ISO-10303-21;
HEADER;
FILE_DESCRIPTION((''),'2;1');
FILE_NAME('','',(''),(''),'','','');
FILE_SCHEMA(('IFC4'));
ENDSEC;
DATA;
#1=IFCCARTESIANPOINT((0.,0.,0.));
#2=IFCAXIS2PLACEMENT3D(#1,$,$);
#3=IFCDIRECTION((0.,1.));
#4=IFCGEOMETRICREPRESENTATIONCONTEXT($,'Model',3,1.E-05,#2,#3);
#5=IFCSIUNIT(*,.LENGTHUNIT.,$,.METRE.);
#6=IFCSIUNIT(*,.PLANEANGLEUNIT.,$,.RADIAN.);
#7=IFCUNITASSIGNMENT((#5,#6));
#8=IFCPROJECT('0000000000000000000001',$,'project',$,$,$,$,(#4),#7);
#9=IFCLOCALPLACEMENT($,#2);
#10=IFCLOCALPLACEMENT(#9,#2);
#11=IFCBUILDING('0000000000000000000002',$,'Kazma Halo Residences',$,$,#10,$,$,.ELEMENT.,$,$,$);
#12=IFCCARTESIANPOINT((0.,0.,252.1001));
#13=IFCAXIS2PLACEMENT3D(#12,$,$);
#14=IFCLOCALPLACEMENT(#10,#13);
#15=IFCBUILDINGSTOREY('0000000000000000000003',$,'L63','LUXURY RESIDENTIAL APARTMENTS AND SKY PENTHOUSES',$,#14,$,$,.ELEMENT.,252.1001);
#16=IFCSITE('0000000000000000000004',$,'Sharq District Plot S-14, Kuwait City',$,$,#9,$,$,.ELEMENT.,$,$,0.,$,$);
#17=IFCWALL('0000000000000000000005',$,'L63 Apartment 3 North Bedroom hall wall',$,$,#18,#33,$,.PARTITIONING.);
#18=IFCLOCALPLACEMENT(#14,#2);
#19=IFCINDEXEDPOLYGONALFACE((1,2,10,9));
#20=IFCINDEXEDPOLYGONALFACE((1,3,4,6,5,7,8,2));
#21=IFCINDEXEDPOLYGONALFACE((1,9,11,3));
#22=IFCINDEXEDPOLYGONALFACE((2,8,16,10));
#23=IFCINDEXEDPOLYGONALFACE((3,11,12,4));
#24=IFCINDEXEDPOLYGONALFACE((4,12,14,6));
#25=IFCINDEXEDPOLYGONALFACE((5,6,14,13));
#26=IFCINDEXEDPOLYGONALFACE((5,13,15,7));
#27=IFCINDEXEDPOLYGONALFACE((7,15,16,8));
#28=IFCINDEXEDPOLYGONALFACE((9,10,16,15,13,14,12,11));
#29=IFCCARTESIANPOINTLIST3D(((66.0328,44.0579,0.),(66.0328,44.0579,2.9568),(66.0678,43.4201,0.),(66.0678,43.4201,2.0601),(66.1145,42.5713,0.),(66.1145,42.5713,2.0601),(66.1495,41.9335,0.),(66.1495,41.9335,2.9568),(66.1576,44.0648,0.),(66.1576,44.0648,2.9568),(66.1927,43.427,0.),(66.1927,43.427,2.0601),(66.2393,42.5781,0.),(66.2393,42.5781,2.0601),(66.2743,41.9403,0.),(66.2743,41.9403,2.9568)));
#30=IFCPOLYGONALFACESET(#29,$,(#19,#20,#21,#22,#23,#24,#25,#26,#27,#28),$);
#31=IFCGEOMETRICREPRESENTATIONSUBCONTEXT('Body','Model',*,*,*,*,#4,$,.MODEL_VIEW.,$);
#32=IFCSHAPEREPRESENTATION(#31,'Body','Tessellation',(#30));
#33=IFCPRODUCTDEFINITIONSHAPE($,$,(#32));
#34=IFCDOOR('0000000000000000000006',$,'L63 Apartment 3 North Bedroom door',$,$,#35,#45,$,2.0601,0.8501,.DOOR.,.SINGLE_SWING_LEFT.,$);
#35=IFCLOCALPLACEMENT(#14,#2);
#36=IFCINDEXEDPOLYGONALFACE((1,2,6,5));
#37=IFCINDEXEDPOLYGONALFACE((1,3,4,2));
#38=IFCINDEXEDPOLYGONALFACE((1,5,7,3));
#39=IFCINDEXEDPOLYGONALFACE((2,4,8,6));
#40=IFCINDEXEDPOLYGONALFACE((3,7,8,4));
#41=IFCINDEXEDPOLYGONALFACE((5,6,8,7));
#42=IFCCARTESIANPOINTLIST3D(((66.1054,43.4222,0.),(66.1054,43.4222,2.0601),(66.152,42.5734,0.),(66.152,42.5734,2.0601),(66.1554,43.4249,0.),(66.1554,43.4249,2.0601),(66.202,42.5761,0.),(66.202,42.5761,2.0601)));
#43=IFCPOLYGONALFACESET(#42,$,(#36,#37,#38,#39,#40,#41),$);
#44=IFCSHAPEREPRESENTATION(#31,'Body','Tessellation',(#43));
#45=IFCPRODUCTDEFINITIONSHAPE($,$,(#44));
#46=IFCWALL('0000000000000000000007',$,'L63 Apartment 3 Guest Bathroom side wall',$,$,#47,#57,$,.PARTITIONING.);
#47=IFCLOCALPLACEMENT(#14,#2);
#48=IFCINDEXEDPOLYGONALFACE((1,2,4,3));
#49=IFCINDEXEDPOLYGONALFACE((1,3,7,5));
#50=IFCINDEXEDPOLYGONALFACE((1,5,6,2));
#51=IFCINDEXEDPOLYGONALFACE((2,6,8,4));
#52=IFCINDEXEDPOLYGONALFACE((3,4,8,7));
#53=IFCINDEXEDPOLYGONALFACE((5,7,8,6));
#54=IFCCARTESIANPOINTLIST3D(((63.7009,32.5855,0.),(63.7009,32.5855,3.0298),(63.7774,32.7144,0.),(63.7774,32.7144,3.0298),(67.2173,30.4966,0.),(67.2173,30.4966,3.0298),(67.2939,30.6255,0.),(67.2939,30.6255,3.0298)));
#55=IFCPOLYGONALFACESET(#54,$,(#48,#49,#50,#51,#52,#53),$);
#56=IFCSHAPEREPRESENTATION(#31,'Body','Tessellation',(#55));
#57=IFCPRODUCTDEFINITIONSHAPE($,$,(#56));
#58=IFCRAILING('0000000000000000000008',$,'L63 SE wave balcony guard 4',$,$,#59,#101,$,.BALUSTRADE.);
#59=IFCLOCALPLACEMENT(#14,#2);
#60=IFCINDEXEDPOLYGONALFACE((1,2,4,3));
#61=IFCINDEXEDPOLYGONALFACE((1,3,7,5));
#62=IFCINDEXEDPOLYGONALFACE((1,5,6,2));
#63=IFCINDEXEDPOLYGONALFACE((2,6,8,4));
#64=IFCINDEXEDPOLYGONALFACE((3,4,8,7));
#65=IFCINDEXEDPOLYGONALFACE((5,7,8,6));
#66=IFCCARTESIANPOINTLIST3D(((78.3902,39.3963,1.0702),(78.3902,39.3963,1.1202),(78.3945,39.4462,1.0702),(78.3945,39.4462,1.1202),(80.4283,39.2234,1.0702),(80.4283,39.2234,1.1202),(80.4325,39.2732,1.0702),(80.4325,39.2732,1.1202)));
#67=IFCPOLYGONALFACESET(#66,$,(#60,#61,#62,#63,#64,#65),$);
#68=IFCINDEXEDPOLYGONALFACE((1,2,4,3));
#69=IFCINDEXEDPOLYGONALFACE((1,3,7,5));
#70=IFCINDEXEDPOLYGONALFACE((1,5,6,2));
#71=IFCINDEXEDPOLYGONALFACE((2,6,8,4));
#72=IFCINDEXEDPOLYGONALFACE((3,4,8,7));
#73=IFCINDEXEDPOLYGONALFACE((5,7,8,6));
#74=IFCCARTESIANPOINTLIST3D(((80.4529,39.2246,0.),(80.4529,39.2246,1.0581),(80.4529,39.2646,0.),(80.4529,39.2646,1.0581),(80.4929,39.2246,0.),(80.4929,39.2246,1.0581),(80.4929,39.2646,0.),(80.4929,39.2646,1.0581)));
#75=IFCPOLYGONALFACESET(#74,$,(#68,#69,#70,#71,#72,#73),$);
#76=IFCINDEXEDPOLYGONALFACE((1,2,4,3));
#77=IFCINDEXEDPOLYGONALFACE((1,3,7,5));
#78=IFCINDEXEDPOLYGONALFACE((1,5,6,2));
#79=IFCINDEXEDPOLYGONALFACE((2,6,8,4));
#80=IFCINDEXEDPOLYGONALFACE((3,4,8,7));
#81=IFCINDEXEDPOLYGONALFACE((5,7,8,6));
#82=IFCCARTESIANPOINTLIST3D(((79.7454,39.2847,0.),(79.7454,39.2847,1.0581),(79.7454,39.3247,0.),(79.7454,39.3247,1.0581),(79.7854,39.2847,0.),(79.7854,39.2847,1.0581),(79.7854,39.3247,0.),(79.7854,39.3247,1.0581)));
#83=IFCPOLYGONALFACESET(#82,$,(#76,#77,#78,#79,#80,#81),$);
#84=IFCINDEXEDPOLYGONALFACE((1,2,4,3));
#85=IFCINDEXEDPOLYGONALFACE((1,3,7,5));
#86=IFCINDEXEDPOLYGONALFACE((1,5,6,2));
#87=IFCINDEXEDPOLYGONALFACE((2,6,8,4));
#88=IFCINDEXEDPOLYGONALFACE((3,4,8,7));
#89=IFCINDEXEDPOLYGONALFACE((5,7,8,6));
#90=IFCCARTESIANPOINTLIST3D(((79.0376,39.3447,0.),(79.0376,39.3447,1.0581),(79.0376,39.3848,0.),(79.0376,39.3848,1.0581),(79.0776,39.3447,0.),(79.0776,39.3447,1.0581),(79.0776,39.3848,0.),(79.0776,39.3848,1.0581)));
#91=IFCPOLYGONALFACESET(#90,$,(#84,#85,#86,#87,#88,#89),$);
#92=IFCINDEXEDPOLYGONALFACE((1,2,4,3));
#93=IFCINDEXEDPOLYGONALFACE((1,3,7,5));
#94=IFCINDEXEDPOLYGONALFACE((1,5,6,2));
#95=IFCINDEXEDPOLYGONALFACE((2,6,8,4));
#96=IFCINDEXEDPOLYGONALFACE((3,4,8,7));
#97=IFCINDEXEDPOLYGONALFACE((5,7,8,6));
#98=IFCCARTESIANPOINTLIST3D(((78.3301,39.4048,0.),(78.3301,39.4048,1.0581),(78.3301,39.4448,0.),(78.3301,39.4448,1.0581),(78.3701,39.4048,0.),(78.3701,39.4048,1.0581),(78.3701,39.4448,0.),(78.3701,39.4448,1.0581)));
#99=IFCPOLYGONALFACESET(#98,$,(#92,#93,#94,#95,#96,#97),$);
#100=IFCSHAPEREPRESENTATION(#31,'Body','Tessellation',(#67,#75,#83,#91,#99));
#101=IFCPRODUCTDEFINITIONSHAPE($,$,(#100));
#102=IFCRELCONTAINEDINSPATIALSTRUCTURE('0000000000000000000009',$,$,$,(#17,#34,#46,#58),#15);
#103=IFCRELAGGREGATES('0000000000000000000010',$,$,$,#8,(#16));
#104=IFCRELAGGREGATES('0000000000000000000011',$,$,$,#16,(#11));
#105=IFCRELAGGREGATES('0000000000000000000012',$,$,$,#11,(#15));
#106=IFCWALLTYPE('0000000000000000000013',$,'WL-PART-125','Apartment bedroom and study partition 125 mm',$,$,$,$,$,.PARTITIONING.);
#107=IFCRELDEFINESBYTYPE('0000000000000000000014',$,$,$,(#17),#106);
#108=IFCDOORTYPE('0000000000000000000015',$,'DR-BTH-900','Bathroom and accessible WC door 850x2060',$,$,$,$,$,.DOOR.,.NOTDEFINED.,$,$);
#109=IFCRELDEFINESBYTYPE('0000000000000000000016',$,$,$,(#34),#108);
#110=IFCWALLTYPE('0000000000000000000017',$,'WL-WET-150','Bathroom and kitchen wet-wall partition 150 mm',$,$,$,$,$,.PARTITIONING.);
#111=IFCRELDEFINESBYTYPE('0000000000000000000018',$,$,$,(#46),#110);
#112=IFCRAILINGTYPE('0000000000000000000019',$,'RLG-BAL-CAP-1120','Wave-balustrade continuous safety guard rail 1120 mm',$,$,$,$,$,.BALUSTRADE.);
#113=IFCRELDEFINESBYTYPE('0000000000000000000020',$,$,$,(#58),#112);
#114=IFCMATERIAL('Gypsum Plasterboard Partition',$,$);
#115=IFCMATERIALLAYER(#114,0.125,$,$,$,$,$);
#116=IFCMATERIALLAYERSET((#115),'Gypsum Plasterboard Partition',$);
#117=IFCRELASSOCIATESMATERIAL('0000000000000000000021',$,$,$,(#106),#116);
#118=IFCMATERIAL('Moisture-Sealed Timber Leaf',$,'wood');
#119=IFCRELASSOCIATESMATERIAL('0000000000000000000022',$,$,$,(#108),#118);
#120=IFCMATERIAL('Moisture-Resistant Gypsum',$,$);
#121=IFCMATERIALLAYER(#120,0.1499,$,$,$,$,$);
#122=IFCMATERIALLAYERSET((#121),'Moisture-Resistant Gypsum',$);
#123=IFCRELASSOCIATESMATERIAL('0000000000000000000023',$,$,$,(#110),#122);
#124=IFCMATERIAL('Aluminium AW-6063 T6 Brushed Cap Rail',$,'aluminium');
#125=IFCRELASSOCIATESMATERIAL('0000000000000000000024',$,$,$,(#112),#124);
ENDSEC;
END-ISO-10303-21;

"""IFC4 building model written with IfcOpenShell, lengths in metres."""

from ifc_helpers import new_model, si_unit, direction, frame, frame_2d, origin, origin_2d, place, context, subcontext, project, spatial, rectangle, extrude, material, layer, layer_set, type_object, element, fill, save


model = new_model("IFC4")

# Units and contexts
model_context = context("Model", 3, precision=1e-05, world=origin(), true_north=direction((0.0, 1.0)))
body_context = subcontext(model_context, "Body", "Model", "MODEL_VIEW")
ifc_project = project(units=[si_unit("LENGTHUNIT", "METRE"), si_unit("PLANEANGLEUNIT", "RADIAN")], contexts=[model_context])

# Site, building, storey
site_placement = place(None, origin())
site = spatial("IfcSite", under=ifc_project, at=site_placement, Name="Sharq District Plot S-14, Kuwait City", CompositionType="ELEMENT", RefElevation=0.0)
building_placement = place(site_placement, origin())
building = spatial("IfcBuilding", under=site, at=building_placement, Name="Kazma Halo Residences", CompositionType="ELEMENT")
storey_placement = place(building_placement, frame((0.0, 0.0, 252.1001)))
storey = spatial("IfcBuildingStorey", under=building, at=storey_placement, Name="L63", Description="LUXURY RESIDENTIAL APARTMENTS AND SKY PENTHOUSES", CompositionType="ELEMENT", Elevation=252.1001)

# Shared definitions
ifc_material_1 = material(Name="Gypsum Plasterboard Partition")
ifc_layer_1 = layer(ifc_material_1, 0.125)
ifc_layer_set_1 = layer_set([ifc_layer_1], Name="Gypsum Plasterboard Partition")
wall_type_1 = type_object("IfcWallType", Name="WL-PART-125", Description="Apartment bedroom and study partition 125 mm", PredefinedType="PARTITIONING", material=ifc_layer_set_1)

# Shared definitions
ifc_material_2 = material(Name="Moisture-Sealed Timber Leaf", Category="wood")
door_type = type_object("IfcDoorType", Name="DR-BTH-900", Description="Bathroom and accessible WC door 850x2060", OperationType="NOTDEFINED", PredefinedType="DOOR", material=ifc_material_2)

# Wall, opening, door
wall_1_placement = place(storey_placement, frame((66.2119, 41.9368, 0.0), z_axis=(0.0, 0.0, 1.0), x_axis=(-0.054847, 0.998495, 0.0)))
wall_1 = element("IfcWall", 1, at=wall_1_placement, inside=storey, type_object=wall_type_1, Name="L63 Apartment 3 North Bedroom hall wall", PredefinedType="PARTITIONING", context=body_context, shape_type="SweptSolid", body=[
    extrude(rectangle(XDim=2.1277, YDim=0.125, at=frame_2d((1.064, 0.0))), origin(), (0.0, 0.0, 1.0), 2.9568),
])
opening_1_placement = place(wall_1_placement, frame((0.6389, 0.0, 0.0)))
opening_1 = element("IfcOpeningElement", 2, at=opening_1_placement, cuts=wall_1, PredefinedType="OPENING", context=body_context, shape_type="SweptSolid", body=[
    extrude(rectangle(XDim=0.8501, YDim=2.0601, at=frame_2d((0.425, 1.03))), frame((0.0, 0.0725, 0.0), z_axis=(0.0, -1.0, 0.0), x_axis=(1.0, 0.0, 0.0)), (0.0, 0.0, 1.0), 0.145),
])
door_1_placement = place(opening_1_placement, origin())
door_1 = element("IfcDoor", 3, at=door_1_placement, inside=storey, type_object=door_type, Name="L63 Apartment 3 North Bedroom door", OperationType="SINGLE_SWING_LEFT", OverallHeight=2.0601, OverallWidth=0.8501, PredefinedType="DOOR", context=body_context, shape_type="SweptSolid", body=[
    extrude(rectangle(XDim=0.8501, YDim=2.0601, at=frame_2d((0.425, 1.03))), frame((0.0, 0.0249, 0.0), z_axis=(0.0, -1.0, 0.0), x_axis=(1.0, 0.0, 0.0)), (0.0, 0.0, 1.0), 0.05),
])
fill(opening_1, door_1)

# Wall
ifc_material_3 = material(Name="Moisture-Resistant Gypsum")
ifc_layer_2 = layer(ifc_material_3, 0.1499)
ifc_layer_set_2 = layer_set([ifc_layer_2], Name="Moisture-Resistant Gypsum")
wall_type_2 = type_object("IfcWallType", Name="WL-WET-150", Description="Bathroom and kitchen wet-wall partition 150 mm", PredefinedType="PARTITIONING", material=ifc_layer_set_2)
wall_2_placement = place(storey_placement, frame((63.7393, 32.6499, 0.0), z_axis=(0.0, 0.0, 1.0), x_axis=(0.859744, -0.510725, 0.0)))
element("IfcWall", 4, at=wall_2_placement, inside=storey, type_object=wall_type_2, Name="L63 Apartment 3 Guest Bathroom side wall", PredefinedType="PARTITIONING", context=body_context, shape_type="SweptSolid", body=[
    extrude(rectangle(XDim=4.0901, YDim=0.1499, at=frame_2d((2.0449, 0.0))), origin(), (0.0, 0.0, 1.0), 3.0298),
])

# Railing
ifc_material_4 = material(Name="Aluminium AW-6063 T6 Brushed Cap Rail", Category="aluminium")
railing_type = type_object("IfcRailingType", Name="RLG-BAL-CAP-1120", Description="Wave-balustrade continuous safety guard rail 1120 mm", PredefinedType="BALUSTRADE", material=ifc_material_4)
railing_placement = place(storey_placement, frame((80.4729, 39.2446, 0.0)))
element("IfcRailing", 5, at=railing_placement, inside=storey, type_object=railing_type, Name="L63 SE wave balcony guard 4", PredefinedType="BALUSTRADE", context=body_context, shape_type="SweptSolid", body=[
    extrude(rectangle(XDim=0.05, YDim=0.05, at=origin_2d()), frame((-0.0425, 0.0037, 1.0952), z_axis=(-0.996417, 0.084572, 0.0), x_axis=(-0.084572, -0.996417, 0.0)), (0.0, 0.0, 1.0), 2.0454),
    extrude(rectangle(XDim=0.04, YDim=0.04, at=origin_2d()), origin(), (0.0, 0.0, 1.0), 1.0581),
    extrude(rectangle(XDim=0.04, YDim=0.04, at=origin_2d()), frame((-0.7075, 0.0601, 0.0)), (0.0, 0.0, 1.0), 1.0581),
    extrude(rectangle(XDim=0.04, YDim=0.04, at=origin_2d()), frame((-1.4153, 0.1201, 0.0)), (0.0, 0.0, 1.0), 1.0581),
    extrude(rectangle(XDim=0.04, YDim=0.04, at=origin_2d()), frame((-2.1228, 0.1802, 0.0)), (0.0, 0.0, 1.0), 1.0581),
])

save(model, "model.ifc")
